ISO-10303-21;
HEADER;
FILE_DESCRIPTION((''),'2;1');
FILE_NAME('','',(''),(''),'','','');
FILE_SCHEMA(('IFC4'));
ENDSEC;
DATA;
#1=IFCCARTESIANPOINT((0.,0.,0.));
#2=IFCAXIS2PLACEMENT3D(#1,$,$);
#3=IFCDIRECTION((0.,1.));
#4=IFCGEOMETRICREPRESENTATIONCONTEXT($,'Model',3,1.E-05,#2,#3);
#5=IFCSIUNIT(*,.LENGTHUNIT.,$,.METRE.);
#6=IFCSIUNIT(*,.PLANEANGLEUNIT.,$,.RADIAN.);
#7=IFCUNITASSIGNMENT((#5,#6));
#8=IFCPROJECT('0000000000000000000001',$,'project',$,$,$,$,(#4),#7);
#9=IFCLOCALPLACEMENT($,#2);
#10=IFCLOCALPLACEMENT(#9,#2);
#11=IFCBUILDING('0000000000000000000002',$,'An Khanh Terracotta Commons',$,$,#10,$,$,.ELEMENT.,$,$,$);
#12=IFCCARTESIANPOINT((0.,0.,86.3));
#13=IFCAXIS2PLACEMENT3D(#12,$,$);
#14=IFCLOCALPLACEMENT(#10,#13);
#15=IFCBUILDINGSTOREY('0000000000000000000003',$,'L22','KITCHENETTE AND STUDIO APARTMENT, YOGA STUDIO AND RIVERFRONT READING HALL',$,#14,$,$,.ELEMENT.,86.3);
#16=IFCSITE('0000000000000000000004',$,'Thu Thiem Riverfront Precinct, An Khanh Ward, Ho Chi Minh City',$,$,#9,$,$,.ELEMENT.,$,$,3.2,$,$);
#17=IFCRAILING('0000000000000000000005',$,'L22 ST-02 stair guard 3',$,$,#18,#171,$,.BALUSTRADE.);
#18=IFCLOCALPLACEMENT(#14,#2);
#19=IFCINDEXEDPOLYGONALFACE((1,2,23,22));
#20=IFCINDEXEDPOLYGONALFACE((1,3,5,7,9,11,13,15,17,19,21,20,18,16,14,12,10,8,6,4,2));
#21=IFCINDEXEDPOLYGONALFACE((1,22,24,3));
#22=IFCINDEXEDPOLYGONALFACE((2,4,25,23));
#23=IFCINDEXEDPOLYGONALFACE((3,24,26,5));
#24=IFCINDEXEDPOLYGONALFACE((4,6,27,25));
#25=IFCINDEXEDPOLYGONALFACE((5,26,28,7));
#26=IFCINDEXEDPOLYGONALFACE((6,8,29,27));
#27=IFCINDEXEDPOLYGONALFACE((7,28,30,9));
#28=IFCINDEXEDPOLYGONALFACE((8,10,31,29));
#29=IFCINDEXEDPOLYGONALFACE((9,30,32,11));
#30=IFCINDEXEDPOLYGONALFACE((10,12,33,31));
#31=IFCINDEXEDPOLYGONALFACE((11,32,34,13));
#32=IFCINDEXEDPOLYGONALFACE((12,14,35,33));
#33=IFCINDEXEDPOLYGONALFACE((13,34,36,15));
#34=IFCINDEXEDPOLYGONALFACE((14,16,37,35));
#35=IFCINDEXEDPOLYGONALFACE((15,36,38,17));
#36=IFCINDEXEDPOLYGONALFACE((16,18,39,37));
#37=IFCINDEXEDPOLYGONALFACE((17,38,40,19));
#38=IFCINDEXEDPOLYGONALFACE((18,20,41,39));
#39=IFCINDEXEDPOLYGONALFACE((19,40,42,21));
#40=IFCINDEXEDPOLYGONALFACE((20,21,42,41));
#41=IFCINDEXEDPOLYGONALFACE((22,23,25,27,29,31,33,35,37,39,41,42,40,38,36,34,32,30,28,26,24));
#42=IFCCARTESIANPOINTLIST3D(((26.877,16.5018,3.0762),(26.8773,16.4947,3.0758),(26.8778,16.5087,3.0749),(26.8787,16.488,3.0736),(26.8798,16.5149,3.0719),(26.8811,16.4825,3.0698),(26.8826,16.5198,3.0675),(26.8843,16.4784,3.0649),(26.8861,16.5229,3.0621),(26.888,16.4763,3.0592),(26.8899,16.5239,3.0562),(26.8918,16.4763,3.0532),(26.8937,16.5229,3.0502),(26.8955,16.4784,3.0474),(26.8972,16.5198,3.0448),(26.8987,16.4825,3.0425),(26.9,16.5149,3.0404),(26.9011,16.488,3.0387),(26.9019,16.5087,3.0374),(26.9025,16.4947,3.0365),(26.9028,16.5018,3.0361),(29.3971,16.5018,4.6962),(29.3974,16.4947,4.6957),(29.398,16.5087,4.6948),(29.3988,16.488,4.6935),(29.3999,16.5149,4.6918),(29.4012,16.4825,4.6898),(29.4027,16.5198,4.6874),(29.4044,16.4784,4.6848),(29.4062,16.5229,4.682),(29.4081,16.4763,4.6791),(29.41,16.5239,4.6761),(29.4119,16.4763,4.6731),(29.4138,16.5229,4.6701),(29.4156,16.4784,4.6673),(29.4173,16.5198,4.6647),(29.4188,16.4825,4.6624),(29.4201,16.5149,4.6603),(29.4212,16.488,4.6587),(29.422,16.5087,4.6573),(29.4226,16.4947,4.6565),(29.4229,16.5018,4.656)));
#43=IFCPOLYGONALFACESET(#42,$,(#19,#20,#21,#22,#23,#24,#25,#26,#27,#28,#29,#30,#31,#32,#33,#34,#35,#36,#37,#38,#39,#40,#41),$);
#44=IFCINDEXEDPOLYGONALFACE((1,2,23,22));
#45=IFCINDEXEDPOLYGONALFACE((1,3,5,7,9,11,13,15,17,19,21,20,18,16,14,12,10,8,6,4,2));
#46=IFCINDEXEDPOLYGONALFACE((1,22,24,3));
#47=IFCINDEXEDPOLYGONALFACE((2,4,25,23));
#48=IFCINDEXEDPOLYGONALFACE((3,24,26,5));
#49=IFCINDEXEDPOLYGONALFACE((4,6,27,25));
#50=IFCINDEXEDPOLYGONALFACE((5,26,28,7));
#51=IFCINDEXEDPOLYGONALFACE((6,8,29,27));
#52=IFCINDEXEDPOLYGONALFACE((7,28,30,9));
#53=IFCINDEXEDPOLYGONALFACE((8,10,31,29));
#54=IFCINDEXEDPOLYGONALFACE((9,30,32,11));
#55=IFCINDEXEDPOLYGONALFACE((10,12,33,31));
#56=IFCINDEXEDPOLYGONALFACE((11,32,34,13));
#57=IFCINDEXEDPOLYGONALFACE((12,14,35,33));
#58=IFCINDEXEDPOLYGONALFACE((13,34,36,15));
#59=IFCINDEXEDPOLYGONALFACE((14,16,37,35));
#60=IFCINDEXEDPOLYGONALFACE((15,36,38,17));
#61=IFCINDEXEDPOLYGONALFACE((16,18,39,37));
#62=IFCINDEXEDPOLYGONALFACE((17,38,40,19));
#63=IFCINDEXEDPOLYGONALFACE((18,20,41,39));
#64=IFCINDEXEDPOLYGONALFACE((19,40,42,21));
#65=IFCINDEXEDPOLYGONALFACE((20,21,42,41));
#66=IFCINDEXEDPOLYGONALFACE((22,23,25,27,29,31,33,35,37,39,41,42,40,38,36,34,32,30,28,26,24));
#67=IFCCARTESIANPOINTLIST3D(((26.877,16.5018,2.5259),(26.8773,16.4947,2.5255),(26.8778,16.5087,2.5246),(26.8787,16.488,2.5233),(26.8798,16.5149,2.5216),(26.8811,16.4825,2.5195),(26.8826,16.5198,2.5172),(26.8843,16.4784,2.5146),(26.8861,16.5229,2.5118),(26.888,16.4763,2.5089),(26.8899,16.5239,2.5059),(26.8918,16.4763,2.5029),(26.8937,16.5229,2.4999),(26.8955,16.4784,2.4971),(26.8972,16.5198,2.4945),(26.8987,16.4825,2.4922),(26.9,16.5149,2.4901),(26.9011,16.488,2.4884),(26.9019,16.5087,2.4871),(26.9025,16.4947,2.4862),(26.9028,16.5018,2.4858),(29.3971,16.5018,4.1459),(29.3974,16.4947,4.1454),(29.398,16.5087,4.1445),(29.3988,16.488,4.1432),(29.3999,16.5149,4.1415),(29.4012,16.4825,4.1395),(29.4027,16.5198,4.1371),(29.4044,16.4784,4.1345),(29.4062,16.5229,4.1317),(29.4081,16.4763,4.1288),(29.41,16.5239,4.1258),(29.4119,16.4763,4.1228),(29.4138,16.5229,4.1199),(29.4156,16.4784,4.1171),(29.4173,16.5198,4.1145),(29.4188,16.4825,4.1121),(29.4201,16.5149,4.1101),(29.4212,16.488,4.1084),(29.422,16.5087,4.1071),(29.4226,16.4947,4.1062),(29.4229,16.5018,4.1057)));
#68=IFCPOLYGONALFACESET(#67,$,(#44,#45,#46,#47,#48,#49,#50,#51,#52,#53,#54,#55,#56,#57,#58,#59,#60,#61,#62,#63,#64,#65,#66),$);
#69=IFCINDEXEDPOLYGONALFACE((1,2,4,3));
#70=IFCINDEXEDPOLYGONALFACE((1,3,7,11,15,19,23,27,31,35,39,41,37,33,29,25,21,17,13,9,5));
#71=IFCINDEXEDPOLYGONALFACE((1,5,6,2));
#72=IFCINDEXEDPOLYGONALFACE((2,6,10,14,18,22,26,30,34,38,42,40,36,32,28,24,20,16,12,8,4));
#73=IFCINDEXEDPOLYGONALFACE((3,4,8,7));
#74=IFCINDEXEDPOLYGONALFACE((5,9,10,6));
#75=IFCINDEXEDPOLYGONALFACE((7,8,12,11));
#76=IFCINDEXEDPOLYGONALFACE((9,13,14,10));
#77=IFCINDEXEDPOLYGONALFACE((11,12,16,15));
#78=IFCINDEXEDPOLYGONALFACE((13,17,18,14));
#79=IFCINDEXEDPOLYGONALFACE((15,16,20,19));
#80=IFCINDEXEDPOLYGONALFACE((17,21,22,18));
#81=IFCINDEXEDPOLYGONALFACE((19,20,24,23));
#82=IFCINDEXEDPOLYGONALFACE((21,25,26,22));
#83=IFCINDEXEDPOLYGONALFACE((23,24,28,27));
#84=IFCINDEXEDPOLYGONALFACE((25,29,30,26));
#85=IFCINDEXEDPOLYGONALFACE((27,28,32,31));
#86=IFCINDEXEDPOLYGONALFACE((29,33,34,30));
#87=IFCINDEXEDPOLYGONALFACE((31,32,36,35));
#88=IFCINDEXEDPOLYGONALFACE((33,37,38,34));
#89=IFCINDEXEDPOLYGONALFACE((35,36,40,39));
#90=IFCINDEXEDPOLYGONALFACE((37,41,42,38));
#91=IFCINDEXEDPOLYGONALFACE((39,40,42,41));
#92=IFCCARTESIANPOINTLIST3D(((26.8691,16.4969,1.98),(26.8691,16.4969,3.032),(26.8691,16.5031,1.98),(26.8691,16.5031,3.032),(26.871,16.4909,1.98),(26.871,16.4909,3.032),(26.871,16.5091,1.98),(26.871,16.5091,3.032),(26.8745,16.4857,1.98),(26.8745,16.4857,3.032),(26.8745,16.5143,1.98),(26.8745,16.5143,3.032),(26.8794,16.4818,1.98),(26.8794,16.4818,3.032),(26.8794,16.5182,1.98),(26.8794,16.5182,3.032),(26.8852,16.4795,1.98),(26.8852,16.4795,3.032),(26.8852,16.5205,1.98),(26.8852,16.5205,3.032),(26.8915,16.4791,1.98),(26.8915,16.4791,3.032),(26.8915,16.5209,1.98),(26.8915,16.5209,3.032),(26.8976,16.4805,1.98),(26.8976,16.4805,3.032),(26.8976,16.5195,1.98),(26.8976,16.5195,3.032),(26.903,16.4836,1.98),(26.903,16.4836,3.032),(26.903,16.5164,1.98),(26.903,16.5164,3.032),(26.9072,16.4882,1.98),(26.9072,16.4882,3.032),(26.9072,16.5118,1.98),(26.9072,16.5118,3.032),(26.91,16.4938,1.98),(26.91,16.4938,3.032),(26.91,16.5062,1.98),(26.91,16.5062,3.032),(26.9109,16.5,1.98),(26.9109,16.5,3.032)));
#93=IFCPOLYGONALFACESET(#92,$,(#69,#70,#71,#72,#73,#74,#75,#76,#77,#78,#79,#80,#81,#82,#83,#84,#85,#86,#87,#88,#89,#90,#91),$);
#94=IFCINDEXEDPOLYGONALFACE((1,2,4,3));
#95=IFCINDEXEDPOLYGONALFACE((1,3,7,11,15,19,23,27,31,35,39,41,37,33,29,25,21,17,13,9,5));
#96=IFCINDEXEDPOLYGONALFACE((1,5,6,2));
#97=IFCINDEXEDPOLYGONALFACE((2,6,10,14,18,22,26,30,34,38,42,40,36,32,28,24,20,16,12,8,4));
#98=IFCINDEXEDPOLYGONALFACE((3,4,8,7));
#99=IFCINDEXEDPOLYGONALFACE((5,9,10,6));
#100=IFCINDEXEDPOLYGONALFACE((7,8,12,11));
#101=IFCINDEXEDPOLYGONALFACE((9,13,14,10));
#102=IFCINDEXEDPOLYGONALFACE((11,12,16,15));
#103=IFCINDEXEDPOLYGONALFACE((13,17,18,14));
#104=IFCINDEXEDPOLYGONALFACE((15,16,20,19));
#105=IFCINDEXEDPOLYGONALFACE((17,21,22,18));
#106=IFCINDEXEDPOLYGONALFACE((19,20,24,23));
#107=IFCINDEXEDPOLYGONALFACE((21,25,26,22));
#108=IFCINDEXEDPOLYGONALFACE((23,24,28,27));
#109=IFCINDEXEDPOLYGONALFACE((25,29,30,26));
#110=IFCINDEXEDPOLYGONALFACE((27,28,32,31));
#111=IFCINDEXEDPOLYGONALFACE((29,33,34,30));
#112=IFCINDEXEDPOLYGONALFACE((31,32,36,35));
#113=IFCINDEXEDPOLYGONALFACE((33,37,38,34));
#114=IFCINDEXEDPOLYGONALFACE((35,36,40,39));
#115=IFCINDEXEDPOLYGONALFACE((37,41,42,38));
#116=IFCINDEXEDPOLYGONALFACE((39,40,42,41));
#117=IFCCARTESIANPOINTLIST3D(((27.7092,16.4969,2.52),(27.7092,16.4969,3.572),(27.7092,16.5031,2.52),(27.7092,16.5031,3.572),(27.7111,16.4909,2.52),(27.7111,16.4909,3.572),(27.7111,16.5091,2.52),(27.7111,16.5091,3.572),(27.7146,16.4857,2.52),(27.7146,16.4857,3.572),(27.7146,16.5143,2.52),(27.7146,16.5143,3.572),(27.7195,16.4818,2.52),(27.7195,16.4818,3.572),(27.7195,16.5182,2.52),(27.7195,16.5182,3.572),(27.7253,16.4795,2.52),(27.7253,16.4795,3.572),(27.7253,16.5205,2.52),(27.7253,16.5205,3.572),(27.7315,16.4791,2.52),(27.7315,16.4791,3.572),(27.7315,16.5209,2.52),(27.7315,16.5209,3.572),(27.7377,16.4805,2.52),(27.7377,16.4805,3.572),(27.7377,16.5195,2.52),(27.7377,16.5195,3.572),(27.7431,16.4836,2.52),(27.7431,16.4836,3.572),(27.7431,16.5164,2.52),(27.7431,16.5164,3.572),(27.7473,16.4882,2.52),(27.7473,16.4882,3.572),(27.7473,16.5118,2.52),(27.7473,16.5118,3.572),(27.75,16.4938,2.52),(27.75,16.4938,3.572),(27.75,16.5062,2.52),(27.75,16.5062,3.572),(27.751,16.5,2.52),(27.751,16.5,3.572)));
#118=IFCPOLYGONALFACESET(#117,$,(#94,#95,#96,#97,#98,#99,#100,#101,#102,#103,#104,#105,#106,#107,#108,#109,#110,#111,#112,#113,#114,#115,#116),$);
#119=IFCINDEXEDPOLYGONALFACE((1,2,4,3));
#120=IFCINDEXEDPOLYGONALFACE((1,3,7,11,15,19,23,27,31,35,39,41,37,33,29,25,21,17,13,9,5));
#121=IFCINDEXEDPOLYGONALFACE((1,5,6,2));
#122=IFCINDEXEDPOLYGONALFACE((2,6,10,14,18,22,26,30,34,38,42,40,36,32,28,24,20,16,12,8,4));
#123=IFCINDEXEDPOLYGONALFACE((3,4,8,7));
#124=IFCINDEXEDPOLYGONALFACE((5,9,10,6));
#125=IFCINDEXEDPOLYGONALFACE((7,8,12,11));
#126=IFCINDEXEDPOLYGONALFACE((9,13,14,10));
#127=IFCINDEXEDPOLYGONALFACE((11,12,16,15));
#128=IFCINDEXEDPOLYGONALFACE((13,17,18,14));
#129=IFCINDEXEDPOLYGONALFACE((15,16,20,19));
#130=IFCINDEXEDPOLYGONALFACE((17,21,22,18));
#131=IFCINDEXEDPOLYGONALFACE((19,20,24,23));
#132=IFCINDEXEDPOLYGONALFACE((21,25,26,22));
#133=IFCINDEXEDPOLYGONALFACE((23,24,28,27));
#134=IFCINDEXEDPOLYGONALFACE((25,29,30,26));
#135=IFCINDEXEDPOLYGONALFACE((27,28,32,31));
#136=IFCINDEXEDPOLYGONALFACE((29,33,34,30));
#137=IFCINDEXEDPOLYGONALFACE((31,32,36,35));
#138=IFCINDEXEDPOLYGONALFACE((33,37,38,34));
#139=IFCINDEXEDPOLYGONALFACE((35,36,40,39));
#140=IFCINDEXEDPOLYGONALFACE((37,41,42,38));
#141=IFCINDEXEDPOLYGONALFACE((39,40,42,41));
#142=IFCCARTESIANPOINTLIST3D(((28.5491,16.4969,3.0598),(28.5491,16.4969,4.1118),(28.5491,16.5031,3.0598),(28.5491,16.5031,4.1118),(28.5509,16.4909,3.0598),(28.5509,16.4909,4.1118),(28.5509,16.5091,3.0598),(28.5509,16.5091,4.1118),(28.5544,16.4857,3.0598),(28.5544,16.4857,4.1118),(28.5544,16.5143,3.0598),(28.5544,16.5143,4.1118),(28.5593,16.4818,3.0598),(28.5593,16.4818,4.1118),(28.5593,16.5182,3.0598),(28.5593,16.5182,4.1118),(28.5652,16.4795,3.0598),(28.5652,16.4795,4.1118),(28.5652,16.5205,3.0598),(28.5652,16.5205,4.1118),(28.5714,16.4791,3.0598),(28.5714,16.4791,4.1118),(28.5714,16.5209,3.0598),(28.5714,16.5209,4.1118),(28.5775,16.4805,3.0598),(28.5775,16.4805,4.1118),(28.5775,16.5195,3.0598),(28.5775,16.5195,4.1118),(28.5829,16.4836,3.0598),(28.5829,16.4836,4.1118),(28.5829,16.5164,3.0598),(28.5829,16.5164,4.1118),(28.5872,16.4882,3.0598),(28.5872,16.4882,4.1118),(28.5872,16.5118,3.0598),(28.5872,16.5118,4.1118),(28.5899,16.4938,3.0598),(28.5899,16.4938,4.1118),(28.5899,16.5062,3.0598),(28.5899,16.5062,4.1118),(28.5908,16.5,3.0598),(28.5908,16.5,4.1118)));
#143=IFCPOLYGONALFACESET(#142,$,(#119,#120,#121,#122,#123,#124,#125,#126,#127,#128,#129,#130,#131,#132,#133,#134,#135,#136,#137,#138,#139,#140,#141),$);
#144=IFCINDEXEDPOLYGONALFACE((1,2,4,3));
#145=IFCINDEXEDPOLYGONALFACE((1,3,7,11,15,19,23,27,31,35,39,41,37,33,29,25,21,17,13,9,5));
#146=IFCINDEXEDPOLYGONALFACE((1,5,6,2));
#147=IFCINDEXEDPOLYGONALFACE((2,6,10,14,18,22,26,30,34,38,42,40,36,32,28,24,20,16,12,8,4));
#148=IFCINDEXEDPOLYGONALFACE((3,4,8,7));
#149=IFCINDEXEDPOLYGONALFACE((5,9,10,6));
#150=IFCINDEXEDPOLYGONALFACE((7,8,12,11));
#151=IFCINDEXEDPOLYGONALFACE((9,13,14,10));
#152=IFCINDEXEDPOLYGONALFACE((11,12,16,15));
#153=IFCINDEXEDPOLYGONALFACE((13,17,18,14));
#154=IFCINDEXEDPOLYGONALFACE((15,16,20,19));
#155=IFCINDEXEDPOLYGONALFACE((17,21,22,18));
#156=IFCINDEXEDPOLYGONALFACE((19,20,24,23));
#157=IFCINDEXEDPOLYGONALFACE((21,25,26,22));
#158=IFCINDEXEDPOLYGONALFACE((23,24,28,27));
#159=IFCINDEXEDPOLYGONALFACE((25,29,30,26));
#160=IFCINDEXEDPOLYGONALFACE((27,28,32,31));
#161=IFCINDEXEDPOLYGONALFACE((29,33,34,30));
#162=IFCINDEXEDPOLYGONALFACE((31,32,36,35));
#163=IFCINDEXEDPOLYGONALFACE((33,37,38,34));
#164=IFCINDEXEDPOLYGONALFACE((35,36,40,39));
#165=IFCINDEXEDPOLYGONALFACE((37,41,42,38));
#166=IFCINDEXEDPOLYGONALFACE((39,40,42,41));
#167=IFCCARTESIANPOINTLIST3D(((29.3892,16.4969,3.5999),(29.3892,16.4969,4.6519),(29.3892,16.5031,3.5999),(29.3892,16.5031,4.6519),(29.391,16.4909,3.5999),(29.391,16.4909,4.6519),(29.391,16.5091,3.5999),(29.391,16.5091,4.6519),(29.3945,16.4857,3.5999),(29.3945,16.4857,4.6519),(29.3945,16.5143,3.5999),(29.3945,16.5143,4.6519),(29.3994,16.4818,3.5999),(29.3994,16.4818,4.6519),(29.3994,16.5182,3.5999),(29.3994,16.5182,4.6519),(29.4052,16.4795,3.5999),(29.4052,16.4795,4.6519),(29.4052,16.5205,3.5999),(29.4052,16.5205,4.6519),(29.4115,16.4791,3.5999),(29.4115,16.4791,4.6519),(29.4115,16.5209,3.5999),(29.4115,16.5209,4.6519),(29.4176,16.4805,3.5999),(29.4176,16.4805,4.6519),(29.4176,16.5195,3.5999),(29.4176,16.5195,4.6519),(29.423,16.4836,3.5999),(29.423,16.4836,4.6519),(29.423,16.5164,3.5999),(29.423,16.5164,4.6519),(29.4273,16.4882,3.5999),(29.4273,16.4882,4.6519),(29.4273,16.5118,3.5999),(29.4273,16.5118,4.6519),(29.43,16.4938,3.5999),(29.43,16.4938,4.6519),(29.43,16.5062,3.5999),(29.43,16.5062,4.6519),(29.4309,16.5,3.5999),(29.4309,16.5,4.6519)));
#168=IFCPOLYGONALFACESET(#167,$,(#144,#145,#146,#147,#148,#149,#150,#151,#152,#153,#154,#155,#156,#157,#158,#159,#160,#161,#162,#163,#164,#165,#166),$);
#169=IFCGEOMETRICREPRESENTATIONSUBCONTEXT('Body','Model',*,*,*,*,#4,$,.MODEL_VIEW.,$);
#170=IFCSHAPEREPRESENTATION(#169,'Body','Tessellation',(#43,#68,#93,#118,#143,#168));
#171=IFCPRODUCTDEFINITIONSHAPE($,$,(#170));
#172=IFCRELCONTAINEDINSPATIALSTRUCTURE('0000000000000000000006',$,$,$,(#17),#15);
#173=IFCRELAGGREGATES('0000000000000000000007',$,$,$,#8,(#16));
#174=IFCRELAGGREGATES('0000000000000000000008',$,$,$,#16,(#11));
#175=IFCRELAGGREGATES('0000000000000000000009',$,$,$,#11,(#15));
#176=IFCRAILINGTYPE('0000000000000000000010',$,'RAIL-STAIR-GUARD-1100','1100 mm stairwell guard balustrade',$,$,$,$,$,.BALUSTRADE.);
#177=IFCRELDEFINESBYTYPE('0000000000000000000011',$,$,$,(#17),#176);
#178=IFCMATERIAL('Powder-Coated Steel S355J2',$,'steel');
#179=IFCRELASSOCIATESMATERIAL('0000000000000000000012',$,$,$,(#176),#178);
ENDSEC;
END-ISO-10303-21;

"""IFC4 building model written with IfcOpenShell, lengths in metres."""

from ifc_helpers import new_model, si_unit, direction, frame, origin, origin_2d, place, context, subcontext, project, spatial, circle, extrude, material, type_object, element, save


model = new_model("IFC4")

# Units and contexts
model_context = context("Model", 3, precision=1e-05, world=origin(), true_north=direction((0.0, 1.0)))
body_context = subcontext(model_context, "Body", "Model", "MODEL_VIEW")
ifc_project = project(units=[si_unit("LENGTHUNIT", "METRE"), si_unit("PLANEANGLEUNIT", "RADIAN")], contexts=[model_context])

# Site, building, storey
site_placement = place(None, origin())
site = spatial("IfcSite", under=ifc_project, at=site_placement, Name="Thu Thiem Riverfront Precinct, An Khanh Ward, Ho Chi Minh City", CompositionType="ELEMENT", RefElevation=3.2)
building_placement = place(site_placement, origin())
building = spatial("IfcBuilding", under=site, at=building_placement, Name="An Khanh Terracotta Commons", CompositionType="ELEMENT")
storey_placement = place(building_placement, frame((0.0, 0.0, 86.3)))
storey = spatial("IfcBuildingStorey", under=building, at=storey_placement, Name="L22", Description="KITCHENETTE AND STUDIO APARTMENT, YOGA STUDIO AND RIVERFRONT READING HALL", CompositionType="ELEMENT", Elevation=86.3)

# Railing
ifc_material_1 = material(Name="Powder-Coated Steel S355J2", Category="steel")
railing_type_1 = type_object("IfcRailingType", Name="RAIL-STAIR-GUARD-1100", Description="1100 mm stairwell guard balustrade", PredefinedType="BALUSTRADE", material=ifc_material_1)
railing_1_placement = place(storey_placement, frame((26.8899, 16.5, 1.98)))
element("IfcRailing", 1, at=railing_1_placement, inside=storey, type_object=railing_type_1, Name="L22 ST-02 stair guard 3", PredefinedType="BALUSTRADE", context=body_context, shape_type="SweptSolid", body=[
    extrude(circle(Radius=0.0239, at=origin_2d()), frame((0.0, 0.0, 1.0762), z_axis=(0.8412, 0.0, 0.540725), x_axis=(0.0, 1.0, 0.0)), (0.0, 0.0, 1.0), 2.9958),
    extrude(circle(Radius=0.0239, at=origin_2d()), frame((0.0, 0.0, 0.5259), z_axis=(0.8412, 0.0, 0.540725), x_axis=(0.0, 1.0, 0.0)), (0.0, 0.0, 1.0), 2.9958),
    extrude(circle(Radius=0.021, at=origin_2d()), origin(), (0.0, 0.0, 1.0), 1.052),
    extrude(circle(Radius=0.021, at=origin_2d()), frame((0.8401, 0.0, 0.54)), (0.0, 0.0, 1.0), 1.052),
    extrude(circle(Radius=0.021, at=origin_2d()), frame((1.6799, 0.0, 1.0798)), (0.0, 0.0, 1.0), 1.052),
    extrude(circle(Radius=0.021, at=origin_2d()), frame((2.52, 0.0, 1.6199)), (0.0, 0.0, 1.0), 1.052),
])

save(model, "model.ifc")
